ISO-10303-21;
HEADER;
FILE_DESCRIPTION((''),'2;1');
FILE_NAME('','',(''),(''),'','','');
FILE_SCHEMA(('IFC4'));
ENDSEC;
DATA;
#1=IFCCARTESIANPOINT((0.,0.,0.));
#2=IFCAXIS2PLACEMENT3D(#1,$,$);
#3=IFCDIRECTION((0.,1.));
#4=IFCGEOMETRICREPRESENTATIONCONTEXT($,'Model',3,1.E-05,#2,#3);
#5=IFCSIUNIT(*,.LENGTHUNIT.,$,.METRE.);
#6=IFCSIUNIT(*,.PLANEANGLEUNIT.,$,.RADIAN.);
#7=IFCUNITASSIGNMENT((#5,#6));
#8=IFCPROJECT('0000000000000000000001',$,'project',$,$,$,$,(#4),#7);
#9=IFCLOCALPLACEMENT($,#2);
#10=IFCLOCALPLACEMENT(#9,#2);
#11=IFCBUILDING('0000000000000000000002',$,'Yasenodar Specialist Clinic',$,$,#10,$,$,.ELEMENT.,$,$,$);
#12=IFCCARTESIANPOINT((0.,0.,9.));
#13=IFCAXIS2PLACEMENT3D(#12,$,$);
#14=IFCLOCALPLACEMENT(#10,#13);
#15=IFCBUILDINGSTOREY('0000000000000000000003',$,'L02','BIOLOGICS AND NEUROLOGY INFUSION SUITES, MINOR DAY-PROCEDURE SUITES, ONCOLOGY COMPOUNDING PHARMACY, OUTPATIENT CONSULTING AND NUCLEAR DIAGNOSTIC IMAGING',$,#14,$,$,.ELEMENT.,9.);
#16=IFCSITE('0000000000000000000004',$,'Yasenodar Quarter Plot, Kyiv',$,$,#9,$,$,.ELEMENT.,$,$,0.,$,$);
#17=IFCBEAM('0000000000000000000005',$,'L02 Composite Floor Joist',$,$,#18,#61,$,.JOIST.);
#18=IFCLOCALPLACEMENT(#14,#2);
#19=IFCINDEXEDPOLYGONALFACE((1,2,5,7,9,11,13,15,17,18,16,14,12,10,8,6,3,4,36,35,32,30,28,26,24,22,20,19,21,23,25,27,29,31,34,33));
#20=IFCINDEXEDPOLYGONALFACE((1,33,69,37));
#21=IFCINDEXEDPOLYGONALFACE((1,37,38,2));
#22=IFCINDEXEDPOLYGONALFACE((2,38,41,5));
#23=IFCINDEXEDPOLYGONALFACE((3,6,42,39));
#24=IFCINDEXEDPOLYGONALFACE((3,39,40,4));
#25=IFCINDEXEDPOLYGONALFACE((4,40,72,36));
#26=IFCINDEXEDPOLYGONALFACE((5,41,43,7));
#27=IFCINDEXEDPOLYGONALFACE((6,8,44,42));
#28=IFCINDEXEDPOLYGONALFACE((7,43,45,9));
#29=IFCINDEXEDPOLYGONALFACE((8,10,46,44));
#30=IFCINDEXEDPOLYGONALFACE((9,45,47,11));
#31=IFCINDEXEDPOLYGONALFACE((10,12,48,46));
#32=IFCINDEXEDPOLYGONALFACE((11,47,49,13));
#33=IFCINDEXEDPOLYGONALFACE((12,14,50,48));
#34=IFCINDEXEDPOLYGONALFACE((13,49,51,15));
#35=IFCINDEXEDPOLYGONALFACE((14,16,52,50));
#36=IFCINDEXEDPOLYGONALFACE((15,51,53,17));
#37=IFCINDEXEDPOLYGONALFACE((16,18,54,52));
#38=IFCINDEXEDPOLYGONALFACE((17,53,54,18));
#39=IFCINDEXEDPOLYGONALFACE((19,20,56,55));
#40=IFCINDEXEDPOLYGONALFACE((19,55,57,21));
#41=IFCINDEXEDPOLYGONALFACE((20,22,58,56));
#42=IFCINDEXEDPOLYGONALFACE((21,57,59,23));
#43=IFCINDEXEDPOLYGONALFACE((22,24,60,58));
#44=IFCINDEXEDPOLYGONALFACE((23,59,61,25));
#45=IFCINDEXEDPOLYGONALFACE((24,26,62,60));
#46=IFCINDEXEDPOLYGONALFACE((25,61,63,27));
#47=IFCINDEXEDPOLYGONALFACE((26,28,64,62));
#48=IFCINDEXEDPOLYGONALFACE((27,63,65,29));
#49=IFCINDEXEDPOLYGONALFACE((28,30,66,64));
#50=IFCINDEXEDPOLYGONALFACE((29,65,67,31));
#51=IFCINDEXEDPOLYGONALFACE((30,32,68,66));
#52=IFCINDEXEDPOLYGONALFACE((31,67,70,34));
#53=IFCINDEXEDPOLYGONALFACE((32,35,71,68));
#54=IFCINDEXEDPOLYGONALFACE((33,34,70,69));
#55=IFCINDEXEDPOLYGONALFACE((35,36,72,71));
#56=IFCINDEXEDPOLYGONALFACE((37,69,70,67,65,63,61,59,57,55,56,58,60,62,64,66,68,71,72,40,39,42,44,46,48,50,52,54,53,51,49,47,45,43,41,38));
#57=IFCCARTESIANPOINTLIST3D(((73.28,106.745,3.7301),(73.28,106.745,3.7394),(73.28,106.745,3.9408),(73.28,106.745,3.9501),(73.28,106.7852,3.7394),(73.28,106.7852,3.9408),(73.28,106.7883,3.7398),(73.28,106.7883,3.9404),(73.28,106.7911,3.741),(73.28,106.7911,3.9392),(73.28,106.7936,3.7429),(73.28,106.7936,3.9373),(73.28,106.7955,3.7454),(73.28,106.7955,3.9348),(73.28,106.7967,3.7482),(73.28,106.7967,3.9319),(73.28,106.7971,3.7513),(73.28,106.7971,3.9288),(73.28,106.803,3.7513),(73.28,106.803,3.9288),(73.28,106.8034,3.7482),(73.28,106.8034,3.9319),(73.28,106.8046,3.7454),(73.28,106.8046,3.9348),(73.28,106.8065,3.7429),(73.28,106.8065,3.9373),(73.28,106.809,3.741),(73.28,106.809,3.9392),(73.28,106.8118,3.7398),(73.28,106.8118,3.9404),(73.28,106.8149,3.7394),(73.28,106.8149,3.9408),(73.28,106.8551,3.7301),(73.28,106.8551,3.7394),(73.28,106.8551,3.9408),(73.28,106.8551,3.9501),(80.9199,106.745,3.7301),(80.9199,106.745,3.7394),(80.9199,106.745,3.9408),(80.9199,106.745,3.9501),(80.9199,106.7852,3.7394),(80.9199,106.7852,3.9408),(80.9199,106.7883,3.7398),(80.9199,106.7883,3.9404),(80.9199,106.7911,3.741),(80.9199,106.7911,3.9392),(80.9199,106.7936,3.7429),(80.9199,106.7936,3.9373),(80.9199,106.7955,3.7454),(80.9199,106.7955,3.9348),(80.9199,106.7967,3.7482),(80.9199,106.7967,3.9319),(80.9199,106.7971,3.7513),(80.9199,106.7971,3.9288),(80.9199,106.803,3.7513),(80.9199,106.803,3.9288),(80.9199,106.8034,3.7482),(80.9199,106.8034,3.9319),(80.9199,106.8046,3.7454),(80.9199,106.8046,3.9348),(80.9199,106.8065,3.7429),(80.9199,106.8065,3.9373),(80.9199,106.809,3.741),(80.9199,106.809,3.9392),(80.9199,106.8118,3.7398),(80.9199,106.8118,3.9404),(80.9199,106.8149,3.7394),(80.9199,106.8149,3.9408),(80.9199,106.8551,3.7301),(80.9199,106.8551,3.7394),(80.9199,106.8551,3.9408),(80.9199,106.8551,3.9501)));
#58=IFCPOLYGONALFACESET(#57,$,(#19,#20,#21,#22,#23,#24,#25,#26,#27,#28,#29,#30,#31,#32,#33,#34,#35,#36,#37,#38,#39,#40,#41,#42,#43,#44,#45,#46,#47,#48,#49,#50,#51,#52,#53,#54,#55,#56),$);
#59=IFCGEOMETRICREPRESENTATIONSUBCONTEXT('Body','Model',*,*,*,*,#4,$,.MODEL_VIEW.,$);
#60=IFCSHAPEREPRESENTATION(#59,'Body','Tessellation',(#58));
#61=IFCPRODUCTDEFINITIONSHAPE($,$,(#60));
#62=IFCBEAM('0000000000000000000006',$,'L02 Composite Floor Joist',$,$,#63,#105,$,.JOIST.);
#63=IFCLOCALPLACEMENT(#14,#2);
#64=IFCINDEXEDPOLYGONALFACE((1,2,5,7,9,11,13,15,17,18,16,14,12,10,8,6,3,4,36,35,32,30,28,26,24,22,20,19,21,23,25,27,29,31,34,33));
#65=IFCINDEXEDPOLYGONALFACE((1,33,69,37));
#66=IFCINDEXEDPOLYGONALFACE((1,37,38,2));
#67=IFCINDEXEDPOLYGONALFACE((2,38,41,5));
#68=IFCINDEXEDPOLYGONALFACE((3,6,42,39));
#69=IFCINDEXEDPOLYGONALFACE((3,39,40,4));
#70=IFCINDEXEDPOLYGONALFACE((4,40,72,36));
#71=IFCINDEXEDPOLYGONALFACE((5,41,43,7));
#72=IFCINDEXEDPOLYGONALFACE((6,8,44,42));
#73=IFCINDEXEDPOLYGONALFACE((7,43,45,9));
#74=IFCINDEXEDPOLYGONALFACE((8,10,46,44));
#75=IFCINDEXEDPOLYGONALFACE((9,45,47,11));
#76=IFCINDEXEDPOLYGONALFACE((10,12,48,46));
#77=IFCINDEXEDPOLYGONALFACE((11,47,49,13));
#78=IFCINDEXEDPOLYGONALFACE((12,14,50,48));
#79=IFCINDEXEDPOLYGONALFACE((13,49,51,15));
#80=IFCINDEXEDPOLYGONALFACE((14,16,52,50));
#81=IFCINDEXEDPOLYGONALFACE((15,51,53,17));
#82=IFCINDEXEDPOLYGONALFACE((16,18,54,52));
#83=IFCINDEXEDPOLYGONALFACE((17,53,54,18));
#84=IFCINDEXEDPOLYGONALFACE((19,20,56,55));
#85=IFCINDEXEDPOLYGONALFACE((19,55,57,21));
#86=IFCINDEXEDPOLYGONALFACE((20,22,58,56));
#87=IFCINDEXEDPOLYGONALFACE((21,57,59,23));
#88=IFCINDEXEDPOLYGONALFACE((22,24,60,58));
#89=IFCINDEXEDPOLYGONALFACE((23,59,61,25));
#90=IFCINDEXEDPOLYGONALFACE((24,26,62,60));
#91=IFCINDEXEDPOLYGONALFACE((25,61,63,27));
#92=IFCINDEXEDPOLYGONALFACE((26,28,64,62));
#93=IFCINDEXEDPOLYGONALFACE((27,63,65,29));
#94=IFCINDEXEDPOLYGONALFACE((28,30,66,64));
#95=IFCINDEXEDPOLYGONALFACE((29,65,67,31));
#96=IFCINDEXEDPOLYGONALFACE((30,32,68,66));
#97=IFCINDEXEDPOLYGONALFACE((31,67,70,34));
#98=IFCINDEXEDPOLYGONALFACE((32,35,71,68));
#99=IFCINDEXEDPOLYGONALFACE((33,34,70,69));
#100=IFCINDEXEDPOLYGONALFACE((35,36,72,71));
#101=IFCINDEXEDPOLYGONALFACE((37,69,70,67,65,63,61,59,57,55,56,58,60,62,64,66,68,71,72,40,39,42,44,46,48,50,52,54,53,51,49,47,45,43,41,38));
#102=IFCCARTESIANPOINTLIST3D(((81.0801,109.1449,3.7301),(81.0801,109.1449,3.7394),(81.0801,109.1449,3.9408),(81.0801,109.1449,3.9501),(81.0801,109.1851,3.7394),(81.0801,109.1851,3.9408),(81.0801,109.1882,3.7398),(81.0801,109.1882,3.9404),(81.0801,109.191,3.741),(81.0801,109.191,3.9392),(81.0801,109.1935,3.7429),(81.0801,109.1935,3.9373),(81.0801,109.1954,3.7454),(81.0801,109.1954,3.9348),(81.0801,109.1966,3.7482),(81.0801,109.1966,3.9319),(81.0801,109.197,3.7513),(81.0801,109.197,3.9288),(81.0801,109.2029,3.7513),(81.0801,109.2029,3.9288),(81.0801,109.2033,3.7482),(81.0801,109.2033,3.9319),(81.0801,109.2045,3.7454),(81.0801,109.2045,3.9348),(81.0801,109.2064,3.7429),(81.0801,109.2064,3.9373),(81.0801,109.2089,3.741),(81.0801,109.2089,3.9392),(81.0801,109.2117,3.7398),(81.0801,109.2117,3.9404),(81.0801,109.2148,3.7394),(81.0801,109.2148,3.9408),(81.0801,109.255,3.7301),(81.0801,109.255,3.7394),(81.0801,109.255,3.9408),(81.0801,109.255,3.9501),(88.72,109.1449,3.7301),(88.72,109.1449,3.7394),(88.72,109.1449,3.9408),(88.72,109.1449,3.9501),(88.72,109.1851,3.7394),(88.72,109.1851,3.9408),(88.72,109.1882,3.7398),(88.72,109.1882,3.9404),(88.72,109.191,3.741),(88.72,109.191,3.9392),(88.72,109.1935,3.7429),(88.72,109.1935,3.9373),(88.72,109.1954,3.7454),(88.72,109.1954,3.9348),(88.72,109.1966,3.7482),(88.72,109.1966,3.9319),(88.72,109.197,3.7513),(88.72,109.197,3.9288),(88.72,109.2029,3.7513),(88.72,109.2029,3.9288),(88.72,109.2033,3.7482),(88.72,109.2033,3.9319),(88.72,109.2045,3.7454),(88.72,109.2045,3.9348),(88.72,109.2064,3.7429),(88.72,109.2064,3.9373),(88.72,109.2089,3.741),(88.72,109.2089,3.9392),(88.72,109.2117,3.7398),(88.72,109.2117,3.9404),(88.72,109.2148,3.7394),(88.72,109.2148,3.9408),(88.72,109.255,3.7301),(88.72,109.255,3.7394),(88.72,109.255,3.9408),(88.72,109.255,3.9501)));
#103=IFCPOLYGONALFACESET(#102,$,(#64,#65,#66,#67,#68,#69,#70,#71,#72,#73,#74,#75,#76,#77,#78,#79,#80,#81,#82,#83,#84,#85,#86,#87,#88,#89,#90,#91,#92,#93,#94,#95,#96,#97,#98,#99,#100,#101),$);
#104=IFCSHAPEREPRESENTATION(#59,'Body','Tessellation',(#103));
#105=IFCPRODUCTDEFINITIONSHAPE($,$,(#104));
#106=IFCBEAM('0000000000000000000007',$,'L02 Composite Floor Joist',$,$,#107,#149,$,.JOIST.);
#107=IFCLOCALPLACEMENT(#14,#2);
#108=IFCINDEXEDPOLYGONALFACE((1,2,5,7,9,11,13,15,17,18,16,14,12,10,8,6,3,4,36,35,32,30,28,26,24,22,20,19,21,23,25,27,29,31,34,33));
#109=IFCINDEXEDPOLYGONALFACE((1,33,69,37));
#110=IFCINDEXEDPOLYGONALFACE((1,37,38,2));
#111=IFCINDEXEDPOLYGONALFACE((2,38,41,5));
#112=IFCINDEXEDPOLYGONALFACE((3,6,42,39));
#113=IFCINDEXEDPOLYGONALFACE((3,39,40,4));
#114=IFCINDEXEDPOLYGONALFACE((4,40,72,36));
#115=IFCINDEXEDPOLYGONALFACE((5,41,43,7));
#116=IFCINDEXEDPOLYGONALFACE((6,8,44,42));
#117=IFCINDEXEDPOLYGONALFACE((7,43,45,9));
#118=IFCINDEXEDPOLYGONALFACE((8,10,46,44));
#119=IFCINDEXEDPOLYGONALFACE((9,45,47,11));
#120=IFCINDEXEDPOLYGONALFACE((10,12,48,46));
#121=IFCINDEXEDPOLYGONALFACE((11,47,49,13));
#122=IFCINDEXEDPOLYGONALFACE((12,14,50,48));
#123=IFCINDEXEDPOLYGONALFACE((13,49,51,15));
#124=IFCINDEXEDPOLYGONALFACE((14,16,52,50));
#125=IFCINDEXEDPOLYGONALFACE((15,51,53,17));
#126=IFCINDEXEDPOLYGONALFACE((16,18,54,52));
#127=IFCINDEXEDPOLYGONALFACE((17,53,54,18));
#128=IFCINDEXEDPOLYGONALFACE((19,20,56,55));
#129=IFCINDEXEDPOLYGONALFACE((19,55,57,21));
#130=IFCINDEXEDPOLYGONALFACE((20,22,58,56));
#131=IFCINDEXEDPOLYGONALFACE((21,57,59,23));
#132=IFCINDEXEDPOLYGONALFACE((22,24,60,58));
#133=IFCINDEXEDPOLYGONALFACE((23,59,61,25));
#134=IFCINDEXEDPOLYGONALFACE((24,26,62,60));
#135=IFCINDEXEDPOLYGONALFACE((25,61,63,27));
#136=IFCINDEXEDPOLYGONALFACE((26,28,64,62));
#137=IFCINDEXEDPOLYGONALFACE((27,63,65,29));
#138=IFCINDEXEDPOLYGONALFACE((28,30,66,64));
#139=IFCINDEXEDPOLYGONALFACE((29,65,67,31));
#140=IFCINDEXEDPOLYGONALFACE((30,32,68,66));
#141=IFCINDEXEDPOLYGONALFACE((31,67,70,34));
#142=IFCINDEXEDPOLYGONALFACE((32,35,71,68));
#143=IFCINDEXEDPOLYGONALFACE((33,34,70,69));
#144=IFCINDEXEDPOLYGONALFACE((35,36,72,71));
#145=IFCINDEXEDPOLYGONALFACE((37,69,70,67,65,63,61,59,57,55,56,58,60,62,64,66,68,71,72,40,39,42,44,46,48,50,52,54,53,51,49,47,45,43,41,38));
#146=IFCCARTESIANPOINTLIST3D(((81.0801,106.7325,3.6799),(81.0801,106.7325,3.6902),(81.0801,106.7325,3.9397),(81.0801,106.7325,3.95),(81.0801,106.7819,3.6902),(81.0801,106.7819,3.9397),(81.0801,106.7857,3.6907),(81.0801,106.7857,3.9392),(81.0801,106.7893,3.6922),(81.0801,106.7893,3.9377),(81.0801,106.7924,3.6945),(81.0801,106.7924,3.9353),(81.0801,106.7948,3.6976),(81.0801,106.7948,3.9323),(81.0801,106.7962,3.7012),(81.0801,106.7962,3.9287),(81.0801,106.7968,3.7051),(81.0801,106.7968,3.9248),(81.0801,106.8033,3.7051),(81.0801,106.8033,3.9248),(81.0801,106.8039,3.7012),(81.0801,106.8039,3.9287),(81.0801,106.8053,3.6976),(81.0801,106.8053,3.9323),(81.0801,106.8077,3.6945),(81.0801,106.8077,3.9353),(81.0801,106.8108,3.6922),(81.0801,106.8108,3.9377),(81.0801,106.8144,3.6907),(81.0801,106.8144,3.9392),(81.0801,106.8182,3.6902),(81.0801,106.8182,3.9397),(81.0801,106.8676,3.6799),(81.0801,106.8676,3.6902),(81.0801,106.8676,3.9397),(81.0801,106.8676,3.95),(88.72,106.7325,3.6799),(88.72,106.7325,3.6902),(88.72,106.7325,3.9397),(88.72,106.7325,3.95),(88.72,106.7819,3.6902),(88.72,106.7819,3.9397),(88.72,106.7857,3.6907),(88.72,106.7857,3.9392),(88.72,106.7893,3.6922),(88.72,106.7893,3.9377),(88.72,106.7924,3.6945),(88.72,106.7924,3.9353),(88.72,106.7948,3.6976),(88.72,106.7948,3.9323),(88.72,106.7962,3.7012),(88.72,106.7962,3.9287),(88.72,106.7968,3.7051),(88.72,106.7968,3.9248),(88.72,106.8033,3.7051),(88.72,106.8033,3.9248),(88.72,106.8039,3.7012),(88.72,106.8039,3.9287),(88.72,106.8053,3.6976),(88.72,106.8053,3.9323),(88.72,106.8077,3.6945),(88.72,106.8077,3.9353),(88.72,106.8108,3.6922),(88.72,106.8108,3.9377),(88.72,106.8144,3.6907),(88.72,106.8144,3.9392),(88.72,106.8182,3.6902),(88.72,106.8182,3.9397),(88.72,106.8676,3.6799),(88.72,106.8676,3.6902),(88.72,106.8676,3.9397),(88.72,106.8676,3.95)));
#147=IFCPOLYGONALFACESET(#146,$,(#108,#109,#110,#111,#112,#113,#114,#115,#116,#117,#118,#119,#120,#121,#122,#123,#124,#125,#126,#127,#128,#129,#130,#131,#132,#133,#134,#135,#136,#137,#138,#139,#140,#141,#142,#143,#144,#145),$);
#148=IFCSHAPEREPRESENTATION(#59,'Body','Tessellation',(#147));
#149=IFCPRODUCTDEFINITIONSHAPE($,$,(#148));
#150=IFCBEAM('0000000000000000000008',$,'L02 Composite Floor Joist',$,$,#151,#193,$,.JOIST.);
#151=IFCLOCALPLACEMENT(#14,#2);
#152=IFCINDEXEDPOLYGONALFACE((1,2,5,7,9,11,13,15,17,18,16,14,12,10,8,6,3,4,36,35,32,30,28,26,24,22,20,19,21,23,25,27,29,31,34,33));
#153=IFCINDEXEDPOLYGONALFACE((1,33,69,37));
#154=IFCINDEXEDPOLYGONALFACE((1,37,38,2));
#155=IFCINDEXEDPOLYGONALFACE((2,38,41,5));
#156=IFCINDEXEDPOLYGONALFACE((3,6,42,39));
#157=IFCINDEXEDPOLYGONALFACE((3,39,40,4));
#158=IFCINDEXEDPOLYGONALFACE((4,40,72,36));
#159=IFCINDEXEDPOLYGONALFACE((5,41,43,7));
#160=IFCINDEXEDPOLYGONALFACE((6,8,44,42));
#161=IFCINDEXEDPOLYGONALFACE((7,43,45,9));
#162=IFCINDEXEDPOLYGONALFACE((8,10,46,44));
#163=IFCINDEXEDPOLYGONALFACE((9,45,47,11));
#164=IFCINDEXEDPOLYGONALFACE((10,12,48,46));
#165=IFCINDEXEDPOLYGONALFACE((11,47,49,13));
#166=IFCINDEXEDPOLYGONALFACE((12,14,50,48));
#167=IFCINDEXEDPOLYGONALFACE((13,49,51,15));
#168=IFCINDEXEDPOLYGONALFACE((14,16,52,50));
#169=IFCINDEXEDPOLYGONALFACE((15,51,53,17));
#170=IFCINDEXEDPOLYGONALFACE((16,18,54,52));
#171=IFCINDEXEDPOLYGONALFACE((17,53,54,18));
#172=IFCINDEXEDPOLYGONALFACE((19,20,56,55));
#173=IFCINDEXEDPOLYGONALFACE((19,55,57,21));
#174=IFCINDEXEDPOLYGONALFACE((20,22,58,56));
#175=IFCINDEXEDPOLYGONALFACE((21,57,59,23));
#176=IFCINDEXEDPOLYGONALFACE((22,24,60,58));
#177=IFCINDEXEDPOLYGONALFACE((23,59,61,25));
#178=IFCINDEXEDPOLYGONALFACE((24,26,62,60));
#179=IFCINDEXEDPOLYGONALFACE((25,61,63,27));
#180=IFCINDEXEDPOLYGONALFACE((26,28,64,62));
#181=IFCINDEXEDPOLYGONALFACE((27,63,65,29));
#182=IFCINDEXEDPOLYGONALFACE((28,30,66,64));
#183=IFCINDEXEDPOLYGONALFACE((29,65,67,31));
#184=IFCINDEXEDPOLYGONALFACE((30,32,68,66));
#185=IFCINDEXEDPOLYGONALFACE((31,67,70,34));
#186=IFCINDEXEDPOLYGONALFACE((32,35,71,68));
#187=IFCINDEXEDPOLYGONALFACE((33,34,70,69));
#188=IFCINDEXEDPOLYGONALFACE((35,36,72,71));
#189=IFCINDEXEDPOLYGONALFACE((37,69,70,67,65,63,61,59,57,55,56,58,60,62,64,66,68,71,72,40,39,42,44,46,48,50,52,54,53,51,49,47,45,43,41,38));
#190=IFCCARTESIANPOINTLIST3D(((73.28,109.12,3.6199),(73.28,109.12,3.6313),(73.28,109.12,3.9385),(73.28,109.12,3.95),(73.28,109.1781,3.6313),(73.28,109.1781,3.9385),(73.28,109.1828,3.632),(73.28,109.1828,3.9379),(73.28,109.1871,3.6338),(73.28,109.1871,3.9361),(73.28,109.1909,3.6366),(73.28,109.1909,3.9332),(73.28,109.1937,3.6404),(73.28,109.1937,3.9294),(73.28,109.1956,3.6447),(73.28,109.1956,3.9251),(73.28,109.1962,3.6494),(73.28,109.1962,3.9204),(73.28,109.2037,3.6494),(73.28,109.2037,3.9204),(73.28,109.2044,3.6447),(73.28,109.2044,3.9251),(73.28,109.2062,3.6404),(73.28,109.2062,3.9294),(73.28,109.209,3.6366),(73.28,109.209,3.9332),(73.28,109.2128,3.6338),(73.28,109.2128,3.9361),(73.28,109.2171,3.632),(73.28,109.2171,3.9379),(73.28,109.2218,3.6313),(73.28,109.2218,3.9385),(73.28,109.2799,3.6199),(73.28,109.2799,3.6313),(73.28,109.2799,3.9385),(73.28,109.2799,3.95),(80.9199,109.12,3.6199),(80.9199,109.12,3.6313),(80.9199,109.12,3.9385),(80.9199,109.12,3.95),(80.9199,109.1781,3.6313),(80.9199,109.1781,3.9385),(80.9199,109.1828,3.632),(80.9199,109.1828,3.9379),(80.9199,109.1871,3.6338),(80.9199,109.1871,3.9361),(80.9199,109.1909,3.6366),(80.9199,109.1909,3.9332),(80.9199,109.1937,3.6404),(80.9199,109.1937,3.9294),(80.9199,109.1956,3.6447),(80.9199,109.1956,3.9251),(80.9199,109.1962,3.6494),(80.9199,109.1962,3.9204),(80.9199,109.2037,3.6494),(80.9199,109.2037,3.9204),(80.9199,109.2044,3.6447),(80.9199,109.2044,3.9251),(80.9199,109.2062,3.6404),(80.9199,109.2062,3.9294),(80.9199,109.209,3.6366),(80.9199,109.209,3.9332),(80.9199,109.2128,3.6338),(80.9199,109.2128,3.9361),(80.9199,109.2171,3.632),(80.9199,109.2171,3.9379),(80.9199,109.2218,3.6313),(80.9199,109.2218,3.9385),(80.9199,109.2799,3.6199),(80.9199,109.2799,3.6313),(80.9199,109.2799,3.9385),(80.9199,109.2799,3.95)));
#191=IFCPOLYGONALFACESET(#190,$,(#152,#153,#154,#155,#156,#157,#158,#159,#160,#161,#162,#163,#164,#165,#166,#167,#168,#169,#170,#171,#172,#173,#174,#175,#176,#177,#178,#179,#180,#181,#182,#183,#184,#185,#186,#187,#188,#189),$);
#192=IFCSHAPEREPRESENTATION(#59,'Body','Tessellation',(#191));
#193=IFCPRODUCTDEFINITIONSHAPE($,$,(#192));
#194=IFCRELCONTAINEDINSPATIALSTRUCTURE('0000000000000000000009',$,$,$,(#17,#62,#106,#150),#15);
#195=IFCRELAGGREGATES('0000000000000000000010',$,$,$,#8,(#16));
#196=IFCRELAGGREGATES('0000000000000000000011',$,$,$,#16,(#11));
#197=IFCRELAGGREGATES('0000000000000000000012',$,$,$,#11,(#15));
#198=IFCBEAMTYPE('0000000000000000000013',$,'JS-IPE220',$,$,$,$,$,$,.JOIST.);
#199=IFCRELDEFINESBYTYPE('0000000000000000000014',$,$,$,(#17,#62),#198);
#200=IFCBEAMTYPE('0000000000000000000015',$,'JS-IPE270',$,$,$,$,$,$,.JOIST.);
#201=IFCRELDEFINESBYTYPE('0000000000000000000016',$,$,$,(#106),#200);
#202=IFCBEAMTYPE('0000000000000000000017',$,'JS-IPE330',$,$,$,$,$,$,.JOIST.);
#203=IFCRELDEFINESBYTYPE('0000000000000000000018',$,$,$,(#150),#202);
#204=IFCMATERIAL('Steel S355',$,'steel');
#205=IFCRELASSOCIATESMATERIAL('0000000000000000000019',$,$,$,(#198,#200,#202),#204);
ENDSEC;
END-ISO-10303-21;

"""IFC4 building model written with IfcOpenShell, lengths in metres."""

from ifc_helpers import new_model, si_unit, direction, frame, origin, origin_2d, place, context, subcontext, project, spatial, i_section, extrude, material, material_profile, profile_set, type_object, element, save


model = new_model("IFC4")

# Units and contexts
model_context = context("Model", 3, precision=1e-05, world=origin(), true_north=direction((0.0, 1.0)))
body_context = subcontext(model_context, "Body", "Model", "MODEL_VIEW")
ifc_project = project(units=[si_unit("LENGTHUNIT", "METRE"), si_unit("PLANEANGLEUNIT", "RADIAN")], contexts=[model_context])

# Site, building, storey
site_placement = place(None, origin())
site = spatial("IfcSite", under=ifc_project, at=site_placement, Name="Yasenodar Quarter Plot, Kyiv", CompositionType="ELEMENT", RefElevation=0.0)
building_placement = place(site_placement, origin())
building = spatial("IfcBuilding", under=site, at=building_placement, Name="Yasenodar Specialist Clinic", CompositionType="ELEMENT")
storey_placement = place(building_placement, frame((0.0, 0.0, 9.0)))
storey = spatial("IfcBuildingStorey", under=building, at=storey_placement, Name="L02", Description="BIOLOGICS AND NEUROLOGY INFUSION SUITES, MINOR DAY-PROCEDURE SUITES, ONCOLOGY COMPOUNDING PHARMACY, OUTPATIENT CONSULTING AND NUCLEAR DIAGNOSTIC IMAGING", CompositionType="ELEMENT", Elevation=9.0)

# Shared definitions
ifc_material_1 = material(Name="Steel S355", Category="steel")

# Beams
ifc_material_profile_1 = material_profile(ifc_material_1, i_section(OverallWidth=0.1101, OverallDepth=0.22, WebThickness=0.0059, FlangeThickness=0.0093, FilletRadius=0.012, at=origin_2d()), Name="IPE 220")
ifc_profile_set_1 = profile_set([ifc_material_profile_1], Name="Steel S355")
beam_type_1 = type_object("IfcBeamType", Name="JS-IPE220", PredefinedType="JOIST", material=ifc_profile_set_1)
for number, where, z_axis, x_axis, name in (
    (1, (73.28, 106.8, 3.8401), (1.0, 0.0, 0.0), (0.0, 1.0, 0.0), "L02 Composite Floor Joist"),
    (2, (81.0801, 109.2, 3.8401), (1.0, 0.0, 0.0), (0.0, 1.0, 0.0), "L02 Composite Floor Joist"),
):
    element("IfcBeam", number, at=place(storey_placement, frame(where, z_axis=z_axis, x_axis=x_axis)), inside=storey, type_object=beam_type_1, Name=name, PredefinedType="JOIST", context=body_context, shape_type="SweptSolid", body=[
        extrude(i_section(OverallWidth=0.1101, OverallDepth=0.22, WebThickness=0.0059, FlangeThickness=0.0093, FilletRadius=0.012, at=origin_2d()), origin(), (0.0, 0.0, 1.0), 7.6399),
    ])
ifc_material_profile_2 = material_profile(ifc_material_1, i_section(OverallWidth=0.135, OverallDepth=0.27, WebThickness=0.0066, FlangeThickness=0.0103, FilletRadius=0.0149, at=origin_2d()), Name="IPE 270")
ifc_profile_set_2 = profile_set([ifc_material_profile_2], Name="Steel S355")
beam_type_2 = type_object("IfcBeamType", Name="JS-IPE270", PredefinedType="JOIST", material=ifc_profile_set_2)
beam_1_placement = place(storey_placement, frame((81.0801, 106.8, 3.8149), z_axis=(1.0, 0.0, 0.0), x_axis=(0.0, 1.0, 0.0)))
element("IfcBeam", 3, at=beam_1_placement, inside=storey, type_object=beam_type_2, Name="L02 Composite Floor Joist", PredefinedType="JOIST", context=body_context, shape_type="SweptSolid", body=[
    extrude(i_section(OverallWidth=0.135, OverallDepth=0.27, WebThickness=0.0066, FlangeThickness=0.0103, FilletRadius=0.0149, at=origin_2d()), origin(), (0.0, 0.0, 1.0), 7.6399),
])
ifc_material_profile_3 = material_profile(ifc_material_1, i_section(OverallWidth=0.1599, OverallDepth=0.3301, WebThickness=0.0076, FlangeThickness=0.0115, FilletRadius=0.0181, at=origin_2d()), Name="IPE 330")
ifc_profile_set_3 = profile_set([ifc_material_profile_3], Name="Steel S355")
beam_type_3 = type_object("IfcBeamType", Name="JS-IPE330", PredefinedType="JOIST", material=ifc_profile_set_3)
beam_2_placement = place(storey_placement, frame((73.28, 109.2, 3.7849), z_axis=(1.0, 0.0, 0.0), x_axis=(0.0, 1.0, 0.0)))
element("IfcBeam", 4, at=beam_2_placement, inside=storey, type_object=beam_type_3, Name="L02 Composite Floor Joist", PredefinedType="JOIST", context=body_context, shape_type="SweptSolid", body=[
    extrude(i_section(OverallWidth=0.1599, OverallDepth=0.3301, WebThickness=0.0076, FlangeThickness=0.0115, FilletRadius=0.0181, at=origin_2d()), origin(), (0.0, 0.0, 1.0), 7.6399),
])

save(model, "model.ifc")
